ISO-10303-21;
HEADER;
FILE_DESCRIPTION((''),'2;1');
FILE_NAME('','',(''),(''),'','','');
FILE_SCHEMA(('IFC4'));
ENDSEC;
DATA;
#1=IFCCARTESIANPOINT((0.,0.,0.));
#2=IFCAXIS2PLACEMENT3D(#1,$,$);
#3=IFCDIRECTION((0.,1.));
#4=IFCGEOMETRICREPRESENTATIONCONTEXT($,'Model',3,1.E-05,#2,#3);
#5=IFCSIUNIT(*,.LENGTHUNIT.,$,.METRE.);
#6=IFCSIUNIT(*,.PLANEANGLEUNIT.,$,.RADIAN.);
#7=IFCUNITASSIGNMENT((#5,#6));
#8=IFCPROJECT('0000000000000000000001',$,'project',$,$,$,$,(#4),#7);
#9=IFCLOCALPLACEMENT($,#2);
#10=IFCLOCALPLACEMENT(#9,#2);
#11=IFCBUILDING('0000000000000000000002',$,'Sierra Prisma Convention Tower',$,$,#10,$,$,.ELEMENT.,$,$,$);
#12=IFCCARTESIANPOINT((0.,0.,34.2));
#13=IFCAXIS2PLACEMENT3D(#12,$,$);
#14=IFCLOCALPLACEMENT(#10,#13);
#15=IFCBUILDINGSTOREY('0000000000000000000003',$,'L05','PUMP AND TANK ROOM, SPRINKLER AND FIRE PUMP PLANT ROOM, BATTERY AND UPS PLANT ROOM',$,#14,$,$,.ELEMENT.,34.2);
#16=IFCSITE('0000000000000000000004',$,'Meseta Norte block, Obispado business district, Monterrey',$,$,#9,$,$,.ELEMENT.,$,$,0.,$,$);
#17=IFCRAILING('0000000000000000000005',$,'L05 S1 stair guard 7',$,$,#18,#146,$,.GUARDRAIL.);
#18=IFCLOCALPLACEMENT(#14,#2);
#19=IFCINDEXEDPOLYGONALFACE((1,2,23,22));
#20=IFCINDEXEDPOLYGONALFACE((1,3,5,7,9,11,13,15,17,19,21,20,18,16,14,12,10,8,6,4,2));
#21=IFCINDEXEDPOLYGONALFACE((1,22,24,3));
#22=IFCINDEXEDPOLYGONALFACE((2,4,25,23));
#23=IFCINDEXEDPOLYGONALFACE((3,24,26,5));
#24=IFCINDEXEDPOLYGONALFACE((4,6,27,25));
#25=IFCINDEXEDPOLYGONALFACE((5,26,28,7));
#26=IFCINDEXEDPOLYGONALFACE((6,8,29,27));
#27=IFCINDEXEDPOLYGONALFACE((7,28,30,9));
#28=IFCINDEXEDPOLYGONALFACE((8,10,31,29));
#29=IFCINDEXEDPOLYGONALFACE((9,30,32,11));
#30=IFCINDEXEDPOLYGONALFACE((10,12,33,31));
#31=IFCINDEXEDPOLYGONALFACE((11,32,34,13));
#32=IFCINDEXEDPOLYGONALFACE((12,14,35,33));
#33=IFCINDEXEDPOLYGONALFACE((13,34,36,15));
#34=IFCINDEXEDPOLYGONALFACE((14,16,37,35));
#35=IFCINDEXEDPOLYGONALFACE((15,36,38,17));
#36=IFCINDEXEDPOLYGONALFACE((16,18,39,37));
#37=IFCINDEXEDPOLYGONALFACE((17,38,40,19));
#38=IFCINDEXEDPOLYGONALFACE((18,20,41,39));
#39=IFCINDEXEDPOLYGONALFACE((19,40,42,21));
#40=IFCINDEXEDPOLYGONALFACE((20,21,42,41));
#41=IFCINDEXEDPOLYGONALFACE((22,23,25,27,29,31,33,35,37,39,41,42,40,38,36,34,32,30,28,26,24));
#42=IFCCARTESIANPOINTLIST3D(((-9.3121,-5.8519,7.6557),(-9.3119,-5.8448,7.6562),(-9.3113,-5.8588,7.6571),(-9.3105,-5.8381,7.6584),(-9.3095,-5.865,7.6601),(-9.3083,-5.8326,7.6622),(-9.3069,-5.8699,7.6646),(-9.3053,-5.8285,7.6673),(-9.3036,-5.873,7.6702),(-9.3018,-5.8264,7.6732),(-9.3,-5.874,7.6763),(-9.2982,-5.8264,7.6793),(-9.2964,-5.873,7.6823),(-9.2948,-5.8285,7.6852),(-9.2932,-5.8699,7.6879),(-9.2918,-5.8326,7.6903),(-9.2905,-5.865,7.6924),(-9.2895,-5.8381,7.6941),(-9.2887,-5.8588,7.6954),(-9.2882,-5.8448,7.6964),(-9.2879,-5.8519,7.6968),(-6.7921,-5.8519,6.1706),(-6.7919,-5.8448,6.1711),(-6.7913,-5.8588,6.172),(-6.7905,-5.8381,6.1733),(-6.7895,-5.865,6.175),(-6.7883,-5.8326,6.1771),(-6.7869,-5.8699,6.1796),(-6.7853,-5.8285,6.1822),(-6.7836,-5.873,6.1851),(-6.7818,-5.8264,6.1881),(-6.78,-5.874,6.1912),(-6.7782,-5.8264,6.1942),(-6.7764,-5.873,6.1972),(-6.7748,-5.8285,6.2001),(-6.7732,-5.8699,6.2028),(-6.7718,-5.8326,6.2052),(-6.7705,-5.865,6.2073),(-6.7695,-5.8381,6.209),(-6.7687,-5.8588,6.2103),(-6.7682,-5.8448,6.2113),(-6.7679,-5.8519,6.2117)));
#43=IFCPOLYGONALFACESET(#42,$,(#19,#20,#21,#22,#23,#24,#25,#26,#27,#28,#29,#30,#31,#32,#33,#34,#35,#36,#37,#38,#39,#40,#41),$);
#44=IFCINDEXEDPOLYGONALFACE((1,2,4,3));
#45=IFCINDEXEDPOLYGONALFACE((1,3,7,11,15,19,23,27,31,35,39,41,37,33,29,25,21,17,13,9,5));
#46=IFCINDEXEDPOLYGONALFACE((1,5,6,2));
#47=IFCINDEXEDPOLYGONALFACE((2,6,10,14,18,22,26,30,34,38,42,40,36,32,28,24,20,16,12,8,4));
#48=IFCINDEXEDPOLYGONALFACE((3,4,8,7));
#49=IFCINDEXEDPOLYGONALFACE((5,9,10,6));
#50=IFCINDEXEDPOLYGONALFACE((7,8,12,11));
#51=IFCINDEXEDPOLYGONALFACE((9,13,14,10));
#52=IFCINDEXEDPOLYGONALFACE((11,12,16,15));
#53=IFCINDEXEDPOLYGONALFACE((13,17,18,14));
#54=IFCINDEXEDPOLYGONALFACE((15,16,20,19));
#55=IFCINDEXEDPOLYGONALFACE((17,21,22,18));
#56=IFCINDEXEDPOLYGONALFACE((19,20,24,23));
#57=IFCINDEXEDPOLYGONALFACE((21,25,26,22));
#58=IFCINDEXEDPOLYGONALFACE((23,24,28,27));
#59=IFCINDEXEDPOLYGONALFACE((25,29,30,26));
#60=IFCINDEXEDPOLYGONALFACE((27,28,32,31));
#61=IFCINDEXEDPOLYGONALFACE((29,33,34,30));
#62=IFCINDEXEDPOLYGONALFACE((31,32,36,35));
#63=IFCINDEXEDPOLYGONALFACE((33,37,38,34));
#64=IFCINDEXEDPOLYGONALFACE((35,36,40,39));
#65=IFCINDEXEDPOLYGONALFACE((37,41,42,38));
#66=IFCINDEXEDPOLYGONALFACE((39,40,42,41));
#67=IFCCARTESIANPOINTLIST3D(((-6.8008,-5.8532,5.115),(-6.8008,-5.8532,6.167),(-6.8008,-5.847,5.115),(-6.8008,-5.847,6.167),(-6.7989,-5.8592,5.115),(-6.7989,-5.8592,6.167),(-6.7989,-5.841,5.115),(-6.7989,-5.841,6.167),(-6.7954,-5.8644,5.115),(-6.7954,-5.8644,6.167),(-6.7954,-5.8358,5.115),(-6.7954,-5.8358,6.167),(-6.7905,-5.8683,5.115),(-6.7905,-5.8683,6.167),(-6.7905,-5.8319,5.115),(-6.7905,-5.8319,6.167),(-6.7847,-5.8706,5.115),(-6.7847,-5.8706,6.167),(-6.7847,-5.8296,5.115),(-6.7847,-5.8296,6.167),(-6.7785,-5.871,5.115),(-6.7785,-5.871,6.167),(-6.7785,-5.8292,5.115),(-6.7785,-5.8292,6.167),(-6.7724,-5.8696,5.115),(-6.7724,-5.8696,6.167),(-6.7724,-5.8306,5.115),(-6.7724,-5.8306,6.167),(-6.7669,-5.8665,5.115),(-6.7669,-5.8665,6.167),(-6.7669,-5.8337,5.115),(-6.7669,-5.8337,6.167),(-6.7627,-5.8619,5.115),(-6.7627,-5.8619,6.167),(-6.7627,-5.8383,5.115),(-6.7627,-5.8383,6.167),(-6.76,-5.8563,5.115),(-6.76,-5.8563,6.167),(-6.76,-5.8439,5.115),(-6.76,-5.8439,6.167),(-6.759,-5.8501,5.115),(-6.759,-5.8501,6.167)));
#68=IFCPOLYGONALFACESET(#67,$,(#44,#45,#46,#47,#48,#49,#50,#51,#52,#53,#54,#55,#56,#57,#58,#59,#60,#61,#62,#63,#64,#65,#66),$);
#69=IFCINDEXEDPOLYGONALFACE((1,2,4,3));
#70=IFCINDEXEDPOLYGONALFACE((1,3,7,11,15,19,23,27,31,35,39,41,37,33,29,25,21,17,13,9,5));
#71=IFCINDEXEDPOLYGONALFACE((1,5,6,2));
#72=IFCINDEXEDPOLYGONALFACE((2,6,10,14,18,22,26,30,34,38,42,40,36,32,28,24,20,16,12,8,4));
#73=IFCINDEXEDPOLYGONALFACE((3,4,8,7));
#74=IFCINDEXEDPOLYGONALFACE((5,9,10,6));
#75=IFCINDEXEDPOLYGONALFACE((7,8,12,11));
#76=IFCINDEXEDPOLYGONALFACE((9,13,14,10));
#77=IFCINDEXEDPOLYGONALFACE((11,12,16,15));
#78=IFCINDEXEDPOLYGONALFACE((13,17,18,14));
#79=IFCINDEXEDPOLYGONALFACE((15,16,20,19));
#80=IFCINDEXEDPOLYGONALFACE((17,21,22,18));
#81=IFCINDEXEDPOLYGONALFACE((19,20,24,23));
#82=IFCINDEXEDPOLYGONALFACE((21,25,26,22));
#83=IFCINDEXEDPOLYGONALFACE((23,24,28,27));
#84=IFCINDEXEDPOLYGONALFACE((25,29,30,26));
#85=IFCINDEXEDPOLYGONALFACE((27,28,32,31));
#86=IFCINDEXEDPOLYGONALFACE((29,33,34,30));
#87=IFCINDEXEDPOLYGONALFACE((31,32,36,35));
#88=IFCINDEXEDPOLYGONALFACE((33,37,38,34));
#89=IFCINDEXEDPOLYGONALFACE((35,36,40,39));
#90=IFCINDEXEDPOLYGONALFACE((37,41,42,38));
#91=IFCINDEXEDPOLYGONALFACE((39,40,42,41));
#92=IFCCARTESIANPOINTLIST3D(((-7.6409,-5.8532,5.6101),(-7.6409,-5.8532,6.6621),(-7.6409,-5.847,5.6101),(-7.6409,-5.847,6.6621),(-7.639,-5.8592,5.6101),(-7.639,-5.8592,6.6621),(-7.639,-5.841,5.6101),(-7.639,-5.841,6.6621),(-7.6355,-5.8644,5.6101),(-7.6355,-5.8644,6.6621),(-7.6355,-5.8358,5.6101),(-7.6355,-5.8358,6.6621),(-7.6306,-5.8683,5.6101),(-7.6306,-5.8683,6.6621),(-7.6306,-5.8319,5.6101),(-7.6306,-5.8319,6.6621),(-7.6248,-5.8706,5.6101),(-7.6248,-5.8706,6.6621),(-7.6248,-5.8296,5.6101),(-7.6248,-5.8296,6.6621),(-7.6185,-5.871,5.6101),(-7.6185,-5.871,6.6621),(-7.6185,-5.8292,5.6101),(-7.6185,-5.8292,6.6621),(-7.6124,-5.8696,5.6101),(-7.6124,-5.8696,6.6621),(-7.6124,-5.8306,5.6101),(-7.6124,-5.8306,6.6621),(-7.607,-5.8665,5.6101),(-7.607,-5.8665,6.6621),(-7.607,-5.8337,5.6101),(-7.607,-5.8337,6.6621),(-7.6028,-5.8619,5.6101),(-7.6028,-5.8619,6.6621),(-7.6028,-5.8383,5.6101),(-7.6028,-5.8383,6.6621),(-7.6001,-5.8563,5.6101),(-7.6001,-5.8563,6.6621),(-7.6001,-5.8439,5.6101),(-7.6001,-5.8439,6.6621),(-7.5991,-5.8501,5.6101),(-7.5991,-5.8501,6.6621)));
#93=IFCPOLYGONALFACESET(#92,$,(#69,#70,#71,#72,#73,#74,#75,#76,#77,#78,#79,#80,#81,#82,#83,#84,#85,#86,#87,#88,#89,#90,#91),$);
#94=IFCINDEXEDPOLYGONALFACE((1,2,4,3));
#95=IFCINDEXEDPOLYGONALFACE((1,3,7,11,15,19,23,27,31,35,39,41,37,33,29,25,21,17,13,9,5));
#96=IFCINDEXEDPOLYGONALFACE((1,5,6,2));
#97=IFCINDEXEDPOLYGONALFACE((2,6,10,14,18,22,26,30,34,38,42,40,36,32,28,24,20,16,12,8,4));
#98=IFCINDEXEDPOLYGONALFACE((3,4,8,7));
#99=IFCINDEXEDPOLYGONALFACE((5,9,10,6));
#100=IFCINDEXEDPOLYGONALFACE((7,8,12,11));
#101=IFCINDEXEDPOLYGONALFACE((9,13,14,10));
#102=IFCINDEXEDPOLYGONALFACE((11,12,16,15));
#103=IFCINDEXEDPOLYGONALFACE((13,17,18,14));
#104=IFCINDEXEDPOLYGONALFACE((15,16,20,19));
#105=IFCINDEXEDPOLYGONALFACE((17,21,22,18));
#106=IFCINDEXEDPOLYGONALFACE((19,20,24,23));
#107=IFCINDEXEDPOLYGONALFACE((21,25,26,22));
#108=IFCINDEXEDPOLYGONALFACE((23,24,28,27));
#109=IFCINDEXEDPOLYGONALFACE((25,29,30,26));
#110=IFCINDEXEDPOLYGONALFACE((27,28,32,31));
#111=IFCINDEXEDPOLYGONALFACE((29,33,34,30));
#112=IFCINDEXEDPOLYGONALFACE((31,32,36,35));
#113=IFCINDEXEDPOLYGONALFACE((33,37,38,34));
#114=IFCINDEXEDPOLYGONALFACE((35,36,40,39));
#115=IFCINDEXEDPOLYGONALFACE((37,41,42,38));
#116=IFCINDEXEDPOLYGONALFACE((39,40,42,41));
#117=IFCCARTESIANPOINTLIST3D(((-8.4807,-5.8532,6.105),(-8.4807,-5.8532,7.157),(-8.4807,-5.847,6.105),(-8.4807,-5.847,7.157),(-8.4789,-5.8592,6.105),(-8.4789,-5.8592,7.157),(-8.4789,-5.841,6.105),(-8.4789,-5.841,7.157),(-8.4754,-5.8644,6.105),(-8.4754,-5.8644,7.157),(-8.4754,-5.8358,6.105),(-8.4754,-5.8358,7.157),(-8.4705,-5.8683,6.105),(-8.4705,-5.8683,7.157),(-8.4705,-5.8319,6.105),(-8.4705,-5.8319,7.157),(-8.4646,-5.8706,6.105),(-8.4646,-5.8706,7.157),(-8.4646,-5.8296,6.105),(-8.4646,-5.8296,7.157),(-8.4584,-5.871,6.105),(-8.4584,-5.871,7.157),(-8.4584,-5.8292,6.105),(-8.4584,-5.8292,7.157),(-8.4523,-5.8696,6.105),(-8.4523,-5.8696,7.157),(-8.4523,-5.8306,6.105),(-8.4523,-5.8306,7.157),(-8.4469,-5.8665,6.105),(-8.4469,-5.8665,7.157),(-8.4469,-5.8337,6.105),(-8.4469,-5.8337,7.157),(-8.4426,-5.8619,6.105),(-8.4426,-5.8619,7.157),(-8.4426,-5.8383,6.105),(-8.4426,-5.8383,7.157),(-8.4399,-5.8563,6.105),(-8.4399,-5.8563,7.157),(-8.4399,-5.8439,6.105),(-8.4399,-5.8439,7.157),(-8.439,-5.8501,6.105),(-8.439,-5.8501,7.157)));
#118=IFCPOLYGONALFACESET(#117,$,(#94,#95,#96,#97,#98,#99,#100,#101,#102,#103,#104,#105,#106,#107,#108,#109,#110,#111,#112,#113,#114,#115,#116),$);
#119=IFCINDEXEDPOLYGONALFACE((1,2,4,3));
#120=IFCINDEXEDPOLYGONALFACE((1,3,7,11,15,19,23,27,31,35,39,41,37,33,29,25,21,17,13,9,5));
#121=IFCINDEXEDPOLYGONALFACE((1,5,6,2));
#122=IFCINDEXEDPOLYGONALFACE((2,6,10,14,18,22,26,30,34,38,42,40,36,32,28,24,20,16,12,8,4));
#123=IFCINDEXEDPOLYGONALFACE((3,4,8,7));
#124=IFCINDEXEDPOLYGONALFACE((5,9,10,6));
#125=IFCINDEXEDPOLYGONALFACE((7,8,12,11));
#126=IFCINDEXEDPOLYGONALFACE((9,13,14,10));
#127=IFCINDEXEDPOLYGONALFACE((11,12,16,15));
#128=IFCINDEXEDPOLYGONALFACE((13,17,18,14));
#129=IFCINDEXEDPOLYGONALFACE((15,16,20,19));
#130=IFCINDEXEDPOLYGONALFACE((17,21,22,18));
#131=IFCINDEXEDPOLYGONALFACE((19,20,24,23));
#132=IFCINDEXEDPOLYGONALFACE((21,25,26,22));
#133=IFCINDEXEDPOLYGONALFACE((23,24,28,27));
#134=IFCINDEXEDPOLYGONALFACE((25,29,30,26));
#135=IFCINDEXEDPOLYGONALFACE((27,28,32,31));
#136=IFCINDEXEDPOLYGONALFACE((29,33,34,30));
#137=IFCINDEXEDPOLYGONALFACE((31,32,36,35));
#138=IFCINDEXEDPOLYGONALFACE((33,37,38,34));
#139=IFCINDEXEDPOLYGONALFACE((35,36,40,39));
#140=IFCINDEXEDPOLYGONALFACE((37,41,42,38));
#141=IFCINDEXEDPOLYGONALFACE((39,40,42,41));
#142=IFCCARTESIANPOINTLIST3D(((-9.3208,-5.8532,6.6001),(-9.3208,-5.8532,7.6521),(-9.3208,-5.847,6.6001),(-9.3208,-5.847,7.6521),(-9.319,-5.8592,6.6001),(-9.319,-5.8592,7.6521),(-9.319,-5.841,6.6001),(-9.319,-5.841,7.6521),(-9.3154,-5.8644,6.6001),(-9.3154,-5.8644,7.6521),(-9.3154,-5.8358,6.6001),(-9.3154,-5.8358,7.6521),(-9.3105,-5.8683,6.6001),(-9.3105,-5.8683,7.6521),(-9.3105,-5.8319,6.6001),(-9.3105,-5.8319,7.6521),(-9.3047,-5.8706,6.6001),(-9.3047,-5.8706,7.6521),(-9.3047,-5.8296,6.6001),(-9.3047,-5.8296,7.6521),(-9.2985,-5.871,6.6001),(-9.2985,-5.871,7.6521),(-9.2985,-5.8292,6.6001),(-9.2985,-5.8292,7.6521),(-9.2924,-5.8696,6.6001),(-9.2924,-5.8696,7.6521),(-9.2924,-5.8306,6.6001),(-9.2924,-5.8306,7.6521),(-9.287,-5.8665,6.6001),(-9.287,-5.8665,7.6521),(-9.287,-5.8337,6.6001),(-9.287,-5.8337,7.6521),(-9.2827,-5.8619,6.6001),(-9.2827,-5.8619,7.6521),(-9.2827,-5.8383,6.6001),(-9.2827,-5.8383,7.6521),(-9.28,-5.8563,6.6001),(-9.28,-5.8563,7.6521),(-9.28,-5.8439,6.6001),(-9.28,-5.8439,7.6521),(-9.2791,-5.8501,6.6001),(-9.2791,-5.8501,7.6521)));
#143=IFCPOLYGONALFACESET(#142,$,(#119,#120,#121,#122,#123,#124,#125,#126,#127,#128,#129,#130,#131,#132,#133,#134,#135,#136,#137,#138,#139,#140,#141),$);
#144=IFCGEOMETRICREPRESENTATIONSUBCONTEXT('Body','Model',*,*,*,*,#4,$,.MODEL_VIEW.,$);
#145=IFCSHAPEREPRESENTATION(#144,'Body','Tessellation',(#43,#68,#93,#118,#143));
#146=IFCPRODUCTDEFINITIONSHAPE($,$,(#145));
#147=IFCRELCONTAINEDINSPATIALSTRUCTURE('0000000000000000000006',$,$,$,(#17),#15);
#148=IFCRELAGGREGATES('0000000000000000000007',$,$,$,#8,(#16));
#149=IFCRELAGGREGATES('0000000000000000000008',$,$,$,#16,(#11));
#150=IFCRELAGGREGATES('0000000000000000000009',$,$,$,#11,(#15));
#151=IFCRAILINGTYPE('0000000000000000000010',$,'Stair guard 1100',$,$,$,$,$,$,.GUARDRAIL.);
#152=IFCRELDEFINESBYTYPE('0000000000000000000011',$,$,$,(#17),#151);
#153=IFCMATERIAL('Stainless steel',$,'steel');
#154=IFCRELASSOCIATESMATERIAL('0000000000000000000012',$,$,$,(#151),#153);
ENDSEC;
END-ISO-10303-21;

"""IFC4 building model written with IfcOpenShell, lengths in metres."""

from ifc_helpers import new_model, si_unit, direction, frame, origin, origin_2d, place, context, subcontext, project, spatial, circle, extrude, material, type_object, element, save


model = new_model("IFC4")

# Units and contexts
model_context = context("Model", 3, precision=1e-05, world=origin(), true_north=direction((0.0, 1.0)))
body_context = subcontext(model_context, "Body", "Model", "MODEL_VIEW")
ifc_project = project(units=[si_unit("LENGTHUNIT", "METRE"), si_unit("PLANEANGLEUNIT", "RADIAN")], contexts=[model_context])

# Site, building, storey
site_placement = place(None, origin())
site = spatial("IfcSite", under=ifc_project, at=site_placement, Name="Meseta Norte block, Obispado business district, Monterrey", CompositionType="ELEMENT", RefElevation=0.0)
building_placement = place(site_placement, origin())
building = spatial("IfcBuilding", under=site, at=building_placement, Name="Sierra Prisma Convention Tower", CompositionType="ELEMENT")
storey_placement = place(building_placement, frame((0.0, 0.0, 34.2)))
storey = spatial("IfcBuildingStorey", under=building, at=storey_placement, Name="L05", Description="PUMP AND TANK ROOM, SPRINKLER AND FIRE PUMP PLANT ROOM, BATTERY AND UPS PLANT ROOM", CompositionType="ELEMENT", Elevation=34.2)

# Railing
ifc_material_1 = material(Name="Stainless steel", Category="steel")
railing_type_1 = type_object("IfcRailingType", Name="Stair guard 1100", PredefinedType="GUARDRAIL", material=ifc_material_1)
railing_1_placement = place(storey_placement, frame((-6.78, -5.8501, 5.115)))
element("IfcRailing", 1, at=railing_1_placement, inside=storey, type_object=railing_type_1, Name="L05 S1 stair guard 7", PredefinedType="GUARDRAIL", context=body_context, shape_type="SweptSolid", body=[
    extrude(circle(Radius=0.0239, at=origin_2d()), frame((0.0, 0.0, 1.0762), z_axis=(-0.861524, 0.0, 0.507717), x_axis=(0.0, -1.0, 0.0)), (0.0, 0.0, 1.0), 2.925),
    extrude(circle(Radius=0.021, at=origin_2d()), origin(), (0.0, 0.0, 1.0), 1.052),
    extrude(circle(Radius=0.021, at=origin_2d()), frame((-0.8401, 0.0, 0.4951)), (0.0, 0.0, 1.0), 1.052),
    extrude(circle(Radius=0.021, at=origin_2d()), frame((-1.6799, 0.0, 0.99)), (0.0, 0.0, 1.0), 1.052),
    extrude(circle(Radius=0.021, at=origin_2d()), frame((-2.52, 0.0, 1.4851)), (0.0, 0.0, 1.0), 1.052),
])

save(model, "model.ifc")
